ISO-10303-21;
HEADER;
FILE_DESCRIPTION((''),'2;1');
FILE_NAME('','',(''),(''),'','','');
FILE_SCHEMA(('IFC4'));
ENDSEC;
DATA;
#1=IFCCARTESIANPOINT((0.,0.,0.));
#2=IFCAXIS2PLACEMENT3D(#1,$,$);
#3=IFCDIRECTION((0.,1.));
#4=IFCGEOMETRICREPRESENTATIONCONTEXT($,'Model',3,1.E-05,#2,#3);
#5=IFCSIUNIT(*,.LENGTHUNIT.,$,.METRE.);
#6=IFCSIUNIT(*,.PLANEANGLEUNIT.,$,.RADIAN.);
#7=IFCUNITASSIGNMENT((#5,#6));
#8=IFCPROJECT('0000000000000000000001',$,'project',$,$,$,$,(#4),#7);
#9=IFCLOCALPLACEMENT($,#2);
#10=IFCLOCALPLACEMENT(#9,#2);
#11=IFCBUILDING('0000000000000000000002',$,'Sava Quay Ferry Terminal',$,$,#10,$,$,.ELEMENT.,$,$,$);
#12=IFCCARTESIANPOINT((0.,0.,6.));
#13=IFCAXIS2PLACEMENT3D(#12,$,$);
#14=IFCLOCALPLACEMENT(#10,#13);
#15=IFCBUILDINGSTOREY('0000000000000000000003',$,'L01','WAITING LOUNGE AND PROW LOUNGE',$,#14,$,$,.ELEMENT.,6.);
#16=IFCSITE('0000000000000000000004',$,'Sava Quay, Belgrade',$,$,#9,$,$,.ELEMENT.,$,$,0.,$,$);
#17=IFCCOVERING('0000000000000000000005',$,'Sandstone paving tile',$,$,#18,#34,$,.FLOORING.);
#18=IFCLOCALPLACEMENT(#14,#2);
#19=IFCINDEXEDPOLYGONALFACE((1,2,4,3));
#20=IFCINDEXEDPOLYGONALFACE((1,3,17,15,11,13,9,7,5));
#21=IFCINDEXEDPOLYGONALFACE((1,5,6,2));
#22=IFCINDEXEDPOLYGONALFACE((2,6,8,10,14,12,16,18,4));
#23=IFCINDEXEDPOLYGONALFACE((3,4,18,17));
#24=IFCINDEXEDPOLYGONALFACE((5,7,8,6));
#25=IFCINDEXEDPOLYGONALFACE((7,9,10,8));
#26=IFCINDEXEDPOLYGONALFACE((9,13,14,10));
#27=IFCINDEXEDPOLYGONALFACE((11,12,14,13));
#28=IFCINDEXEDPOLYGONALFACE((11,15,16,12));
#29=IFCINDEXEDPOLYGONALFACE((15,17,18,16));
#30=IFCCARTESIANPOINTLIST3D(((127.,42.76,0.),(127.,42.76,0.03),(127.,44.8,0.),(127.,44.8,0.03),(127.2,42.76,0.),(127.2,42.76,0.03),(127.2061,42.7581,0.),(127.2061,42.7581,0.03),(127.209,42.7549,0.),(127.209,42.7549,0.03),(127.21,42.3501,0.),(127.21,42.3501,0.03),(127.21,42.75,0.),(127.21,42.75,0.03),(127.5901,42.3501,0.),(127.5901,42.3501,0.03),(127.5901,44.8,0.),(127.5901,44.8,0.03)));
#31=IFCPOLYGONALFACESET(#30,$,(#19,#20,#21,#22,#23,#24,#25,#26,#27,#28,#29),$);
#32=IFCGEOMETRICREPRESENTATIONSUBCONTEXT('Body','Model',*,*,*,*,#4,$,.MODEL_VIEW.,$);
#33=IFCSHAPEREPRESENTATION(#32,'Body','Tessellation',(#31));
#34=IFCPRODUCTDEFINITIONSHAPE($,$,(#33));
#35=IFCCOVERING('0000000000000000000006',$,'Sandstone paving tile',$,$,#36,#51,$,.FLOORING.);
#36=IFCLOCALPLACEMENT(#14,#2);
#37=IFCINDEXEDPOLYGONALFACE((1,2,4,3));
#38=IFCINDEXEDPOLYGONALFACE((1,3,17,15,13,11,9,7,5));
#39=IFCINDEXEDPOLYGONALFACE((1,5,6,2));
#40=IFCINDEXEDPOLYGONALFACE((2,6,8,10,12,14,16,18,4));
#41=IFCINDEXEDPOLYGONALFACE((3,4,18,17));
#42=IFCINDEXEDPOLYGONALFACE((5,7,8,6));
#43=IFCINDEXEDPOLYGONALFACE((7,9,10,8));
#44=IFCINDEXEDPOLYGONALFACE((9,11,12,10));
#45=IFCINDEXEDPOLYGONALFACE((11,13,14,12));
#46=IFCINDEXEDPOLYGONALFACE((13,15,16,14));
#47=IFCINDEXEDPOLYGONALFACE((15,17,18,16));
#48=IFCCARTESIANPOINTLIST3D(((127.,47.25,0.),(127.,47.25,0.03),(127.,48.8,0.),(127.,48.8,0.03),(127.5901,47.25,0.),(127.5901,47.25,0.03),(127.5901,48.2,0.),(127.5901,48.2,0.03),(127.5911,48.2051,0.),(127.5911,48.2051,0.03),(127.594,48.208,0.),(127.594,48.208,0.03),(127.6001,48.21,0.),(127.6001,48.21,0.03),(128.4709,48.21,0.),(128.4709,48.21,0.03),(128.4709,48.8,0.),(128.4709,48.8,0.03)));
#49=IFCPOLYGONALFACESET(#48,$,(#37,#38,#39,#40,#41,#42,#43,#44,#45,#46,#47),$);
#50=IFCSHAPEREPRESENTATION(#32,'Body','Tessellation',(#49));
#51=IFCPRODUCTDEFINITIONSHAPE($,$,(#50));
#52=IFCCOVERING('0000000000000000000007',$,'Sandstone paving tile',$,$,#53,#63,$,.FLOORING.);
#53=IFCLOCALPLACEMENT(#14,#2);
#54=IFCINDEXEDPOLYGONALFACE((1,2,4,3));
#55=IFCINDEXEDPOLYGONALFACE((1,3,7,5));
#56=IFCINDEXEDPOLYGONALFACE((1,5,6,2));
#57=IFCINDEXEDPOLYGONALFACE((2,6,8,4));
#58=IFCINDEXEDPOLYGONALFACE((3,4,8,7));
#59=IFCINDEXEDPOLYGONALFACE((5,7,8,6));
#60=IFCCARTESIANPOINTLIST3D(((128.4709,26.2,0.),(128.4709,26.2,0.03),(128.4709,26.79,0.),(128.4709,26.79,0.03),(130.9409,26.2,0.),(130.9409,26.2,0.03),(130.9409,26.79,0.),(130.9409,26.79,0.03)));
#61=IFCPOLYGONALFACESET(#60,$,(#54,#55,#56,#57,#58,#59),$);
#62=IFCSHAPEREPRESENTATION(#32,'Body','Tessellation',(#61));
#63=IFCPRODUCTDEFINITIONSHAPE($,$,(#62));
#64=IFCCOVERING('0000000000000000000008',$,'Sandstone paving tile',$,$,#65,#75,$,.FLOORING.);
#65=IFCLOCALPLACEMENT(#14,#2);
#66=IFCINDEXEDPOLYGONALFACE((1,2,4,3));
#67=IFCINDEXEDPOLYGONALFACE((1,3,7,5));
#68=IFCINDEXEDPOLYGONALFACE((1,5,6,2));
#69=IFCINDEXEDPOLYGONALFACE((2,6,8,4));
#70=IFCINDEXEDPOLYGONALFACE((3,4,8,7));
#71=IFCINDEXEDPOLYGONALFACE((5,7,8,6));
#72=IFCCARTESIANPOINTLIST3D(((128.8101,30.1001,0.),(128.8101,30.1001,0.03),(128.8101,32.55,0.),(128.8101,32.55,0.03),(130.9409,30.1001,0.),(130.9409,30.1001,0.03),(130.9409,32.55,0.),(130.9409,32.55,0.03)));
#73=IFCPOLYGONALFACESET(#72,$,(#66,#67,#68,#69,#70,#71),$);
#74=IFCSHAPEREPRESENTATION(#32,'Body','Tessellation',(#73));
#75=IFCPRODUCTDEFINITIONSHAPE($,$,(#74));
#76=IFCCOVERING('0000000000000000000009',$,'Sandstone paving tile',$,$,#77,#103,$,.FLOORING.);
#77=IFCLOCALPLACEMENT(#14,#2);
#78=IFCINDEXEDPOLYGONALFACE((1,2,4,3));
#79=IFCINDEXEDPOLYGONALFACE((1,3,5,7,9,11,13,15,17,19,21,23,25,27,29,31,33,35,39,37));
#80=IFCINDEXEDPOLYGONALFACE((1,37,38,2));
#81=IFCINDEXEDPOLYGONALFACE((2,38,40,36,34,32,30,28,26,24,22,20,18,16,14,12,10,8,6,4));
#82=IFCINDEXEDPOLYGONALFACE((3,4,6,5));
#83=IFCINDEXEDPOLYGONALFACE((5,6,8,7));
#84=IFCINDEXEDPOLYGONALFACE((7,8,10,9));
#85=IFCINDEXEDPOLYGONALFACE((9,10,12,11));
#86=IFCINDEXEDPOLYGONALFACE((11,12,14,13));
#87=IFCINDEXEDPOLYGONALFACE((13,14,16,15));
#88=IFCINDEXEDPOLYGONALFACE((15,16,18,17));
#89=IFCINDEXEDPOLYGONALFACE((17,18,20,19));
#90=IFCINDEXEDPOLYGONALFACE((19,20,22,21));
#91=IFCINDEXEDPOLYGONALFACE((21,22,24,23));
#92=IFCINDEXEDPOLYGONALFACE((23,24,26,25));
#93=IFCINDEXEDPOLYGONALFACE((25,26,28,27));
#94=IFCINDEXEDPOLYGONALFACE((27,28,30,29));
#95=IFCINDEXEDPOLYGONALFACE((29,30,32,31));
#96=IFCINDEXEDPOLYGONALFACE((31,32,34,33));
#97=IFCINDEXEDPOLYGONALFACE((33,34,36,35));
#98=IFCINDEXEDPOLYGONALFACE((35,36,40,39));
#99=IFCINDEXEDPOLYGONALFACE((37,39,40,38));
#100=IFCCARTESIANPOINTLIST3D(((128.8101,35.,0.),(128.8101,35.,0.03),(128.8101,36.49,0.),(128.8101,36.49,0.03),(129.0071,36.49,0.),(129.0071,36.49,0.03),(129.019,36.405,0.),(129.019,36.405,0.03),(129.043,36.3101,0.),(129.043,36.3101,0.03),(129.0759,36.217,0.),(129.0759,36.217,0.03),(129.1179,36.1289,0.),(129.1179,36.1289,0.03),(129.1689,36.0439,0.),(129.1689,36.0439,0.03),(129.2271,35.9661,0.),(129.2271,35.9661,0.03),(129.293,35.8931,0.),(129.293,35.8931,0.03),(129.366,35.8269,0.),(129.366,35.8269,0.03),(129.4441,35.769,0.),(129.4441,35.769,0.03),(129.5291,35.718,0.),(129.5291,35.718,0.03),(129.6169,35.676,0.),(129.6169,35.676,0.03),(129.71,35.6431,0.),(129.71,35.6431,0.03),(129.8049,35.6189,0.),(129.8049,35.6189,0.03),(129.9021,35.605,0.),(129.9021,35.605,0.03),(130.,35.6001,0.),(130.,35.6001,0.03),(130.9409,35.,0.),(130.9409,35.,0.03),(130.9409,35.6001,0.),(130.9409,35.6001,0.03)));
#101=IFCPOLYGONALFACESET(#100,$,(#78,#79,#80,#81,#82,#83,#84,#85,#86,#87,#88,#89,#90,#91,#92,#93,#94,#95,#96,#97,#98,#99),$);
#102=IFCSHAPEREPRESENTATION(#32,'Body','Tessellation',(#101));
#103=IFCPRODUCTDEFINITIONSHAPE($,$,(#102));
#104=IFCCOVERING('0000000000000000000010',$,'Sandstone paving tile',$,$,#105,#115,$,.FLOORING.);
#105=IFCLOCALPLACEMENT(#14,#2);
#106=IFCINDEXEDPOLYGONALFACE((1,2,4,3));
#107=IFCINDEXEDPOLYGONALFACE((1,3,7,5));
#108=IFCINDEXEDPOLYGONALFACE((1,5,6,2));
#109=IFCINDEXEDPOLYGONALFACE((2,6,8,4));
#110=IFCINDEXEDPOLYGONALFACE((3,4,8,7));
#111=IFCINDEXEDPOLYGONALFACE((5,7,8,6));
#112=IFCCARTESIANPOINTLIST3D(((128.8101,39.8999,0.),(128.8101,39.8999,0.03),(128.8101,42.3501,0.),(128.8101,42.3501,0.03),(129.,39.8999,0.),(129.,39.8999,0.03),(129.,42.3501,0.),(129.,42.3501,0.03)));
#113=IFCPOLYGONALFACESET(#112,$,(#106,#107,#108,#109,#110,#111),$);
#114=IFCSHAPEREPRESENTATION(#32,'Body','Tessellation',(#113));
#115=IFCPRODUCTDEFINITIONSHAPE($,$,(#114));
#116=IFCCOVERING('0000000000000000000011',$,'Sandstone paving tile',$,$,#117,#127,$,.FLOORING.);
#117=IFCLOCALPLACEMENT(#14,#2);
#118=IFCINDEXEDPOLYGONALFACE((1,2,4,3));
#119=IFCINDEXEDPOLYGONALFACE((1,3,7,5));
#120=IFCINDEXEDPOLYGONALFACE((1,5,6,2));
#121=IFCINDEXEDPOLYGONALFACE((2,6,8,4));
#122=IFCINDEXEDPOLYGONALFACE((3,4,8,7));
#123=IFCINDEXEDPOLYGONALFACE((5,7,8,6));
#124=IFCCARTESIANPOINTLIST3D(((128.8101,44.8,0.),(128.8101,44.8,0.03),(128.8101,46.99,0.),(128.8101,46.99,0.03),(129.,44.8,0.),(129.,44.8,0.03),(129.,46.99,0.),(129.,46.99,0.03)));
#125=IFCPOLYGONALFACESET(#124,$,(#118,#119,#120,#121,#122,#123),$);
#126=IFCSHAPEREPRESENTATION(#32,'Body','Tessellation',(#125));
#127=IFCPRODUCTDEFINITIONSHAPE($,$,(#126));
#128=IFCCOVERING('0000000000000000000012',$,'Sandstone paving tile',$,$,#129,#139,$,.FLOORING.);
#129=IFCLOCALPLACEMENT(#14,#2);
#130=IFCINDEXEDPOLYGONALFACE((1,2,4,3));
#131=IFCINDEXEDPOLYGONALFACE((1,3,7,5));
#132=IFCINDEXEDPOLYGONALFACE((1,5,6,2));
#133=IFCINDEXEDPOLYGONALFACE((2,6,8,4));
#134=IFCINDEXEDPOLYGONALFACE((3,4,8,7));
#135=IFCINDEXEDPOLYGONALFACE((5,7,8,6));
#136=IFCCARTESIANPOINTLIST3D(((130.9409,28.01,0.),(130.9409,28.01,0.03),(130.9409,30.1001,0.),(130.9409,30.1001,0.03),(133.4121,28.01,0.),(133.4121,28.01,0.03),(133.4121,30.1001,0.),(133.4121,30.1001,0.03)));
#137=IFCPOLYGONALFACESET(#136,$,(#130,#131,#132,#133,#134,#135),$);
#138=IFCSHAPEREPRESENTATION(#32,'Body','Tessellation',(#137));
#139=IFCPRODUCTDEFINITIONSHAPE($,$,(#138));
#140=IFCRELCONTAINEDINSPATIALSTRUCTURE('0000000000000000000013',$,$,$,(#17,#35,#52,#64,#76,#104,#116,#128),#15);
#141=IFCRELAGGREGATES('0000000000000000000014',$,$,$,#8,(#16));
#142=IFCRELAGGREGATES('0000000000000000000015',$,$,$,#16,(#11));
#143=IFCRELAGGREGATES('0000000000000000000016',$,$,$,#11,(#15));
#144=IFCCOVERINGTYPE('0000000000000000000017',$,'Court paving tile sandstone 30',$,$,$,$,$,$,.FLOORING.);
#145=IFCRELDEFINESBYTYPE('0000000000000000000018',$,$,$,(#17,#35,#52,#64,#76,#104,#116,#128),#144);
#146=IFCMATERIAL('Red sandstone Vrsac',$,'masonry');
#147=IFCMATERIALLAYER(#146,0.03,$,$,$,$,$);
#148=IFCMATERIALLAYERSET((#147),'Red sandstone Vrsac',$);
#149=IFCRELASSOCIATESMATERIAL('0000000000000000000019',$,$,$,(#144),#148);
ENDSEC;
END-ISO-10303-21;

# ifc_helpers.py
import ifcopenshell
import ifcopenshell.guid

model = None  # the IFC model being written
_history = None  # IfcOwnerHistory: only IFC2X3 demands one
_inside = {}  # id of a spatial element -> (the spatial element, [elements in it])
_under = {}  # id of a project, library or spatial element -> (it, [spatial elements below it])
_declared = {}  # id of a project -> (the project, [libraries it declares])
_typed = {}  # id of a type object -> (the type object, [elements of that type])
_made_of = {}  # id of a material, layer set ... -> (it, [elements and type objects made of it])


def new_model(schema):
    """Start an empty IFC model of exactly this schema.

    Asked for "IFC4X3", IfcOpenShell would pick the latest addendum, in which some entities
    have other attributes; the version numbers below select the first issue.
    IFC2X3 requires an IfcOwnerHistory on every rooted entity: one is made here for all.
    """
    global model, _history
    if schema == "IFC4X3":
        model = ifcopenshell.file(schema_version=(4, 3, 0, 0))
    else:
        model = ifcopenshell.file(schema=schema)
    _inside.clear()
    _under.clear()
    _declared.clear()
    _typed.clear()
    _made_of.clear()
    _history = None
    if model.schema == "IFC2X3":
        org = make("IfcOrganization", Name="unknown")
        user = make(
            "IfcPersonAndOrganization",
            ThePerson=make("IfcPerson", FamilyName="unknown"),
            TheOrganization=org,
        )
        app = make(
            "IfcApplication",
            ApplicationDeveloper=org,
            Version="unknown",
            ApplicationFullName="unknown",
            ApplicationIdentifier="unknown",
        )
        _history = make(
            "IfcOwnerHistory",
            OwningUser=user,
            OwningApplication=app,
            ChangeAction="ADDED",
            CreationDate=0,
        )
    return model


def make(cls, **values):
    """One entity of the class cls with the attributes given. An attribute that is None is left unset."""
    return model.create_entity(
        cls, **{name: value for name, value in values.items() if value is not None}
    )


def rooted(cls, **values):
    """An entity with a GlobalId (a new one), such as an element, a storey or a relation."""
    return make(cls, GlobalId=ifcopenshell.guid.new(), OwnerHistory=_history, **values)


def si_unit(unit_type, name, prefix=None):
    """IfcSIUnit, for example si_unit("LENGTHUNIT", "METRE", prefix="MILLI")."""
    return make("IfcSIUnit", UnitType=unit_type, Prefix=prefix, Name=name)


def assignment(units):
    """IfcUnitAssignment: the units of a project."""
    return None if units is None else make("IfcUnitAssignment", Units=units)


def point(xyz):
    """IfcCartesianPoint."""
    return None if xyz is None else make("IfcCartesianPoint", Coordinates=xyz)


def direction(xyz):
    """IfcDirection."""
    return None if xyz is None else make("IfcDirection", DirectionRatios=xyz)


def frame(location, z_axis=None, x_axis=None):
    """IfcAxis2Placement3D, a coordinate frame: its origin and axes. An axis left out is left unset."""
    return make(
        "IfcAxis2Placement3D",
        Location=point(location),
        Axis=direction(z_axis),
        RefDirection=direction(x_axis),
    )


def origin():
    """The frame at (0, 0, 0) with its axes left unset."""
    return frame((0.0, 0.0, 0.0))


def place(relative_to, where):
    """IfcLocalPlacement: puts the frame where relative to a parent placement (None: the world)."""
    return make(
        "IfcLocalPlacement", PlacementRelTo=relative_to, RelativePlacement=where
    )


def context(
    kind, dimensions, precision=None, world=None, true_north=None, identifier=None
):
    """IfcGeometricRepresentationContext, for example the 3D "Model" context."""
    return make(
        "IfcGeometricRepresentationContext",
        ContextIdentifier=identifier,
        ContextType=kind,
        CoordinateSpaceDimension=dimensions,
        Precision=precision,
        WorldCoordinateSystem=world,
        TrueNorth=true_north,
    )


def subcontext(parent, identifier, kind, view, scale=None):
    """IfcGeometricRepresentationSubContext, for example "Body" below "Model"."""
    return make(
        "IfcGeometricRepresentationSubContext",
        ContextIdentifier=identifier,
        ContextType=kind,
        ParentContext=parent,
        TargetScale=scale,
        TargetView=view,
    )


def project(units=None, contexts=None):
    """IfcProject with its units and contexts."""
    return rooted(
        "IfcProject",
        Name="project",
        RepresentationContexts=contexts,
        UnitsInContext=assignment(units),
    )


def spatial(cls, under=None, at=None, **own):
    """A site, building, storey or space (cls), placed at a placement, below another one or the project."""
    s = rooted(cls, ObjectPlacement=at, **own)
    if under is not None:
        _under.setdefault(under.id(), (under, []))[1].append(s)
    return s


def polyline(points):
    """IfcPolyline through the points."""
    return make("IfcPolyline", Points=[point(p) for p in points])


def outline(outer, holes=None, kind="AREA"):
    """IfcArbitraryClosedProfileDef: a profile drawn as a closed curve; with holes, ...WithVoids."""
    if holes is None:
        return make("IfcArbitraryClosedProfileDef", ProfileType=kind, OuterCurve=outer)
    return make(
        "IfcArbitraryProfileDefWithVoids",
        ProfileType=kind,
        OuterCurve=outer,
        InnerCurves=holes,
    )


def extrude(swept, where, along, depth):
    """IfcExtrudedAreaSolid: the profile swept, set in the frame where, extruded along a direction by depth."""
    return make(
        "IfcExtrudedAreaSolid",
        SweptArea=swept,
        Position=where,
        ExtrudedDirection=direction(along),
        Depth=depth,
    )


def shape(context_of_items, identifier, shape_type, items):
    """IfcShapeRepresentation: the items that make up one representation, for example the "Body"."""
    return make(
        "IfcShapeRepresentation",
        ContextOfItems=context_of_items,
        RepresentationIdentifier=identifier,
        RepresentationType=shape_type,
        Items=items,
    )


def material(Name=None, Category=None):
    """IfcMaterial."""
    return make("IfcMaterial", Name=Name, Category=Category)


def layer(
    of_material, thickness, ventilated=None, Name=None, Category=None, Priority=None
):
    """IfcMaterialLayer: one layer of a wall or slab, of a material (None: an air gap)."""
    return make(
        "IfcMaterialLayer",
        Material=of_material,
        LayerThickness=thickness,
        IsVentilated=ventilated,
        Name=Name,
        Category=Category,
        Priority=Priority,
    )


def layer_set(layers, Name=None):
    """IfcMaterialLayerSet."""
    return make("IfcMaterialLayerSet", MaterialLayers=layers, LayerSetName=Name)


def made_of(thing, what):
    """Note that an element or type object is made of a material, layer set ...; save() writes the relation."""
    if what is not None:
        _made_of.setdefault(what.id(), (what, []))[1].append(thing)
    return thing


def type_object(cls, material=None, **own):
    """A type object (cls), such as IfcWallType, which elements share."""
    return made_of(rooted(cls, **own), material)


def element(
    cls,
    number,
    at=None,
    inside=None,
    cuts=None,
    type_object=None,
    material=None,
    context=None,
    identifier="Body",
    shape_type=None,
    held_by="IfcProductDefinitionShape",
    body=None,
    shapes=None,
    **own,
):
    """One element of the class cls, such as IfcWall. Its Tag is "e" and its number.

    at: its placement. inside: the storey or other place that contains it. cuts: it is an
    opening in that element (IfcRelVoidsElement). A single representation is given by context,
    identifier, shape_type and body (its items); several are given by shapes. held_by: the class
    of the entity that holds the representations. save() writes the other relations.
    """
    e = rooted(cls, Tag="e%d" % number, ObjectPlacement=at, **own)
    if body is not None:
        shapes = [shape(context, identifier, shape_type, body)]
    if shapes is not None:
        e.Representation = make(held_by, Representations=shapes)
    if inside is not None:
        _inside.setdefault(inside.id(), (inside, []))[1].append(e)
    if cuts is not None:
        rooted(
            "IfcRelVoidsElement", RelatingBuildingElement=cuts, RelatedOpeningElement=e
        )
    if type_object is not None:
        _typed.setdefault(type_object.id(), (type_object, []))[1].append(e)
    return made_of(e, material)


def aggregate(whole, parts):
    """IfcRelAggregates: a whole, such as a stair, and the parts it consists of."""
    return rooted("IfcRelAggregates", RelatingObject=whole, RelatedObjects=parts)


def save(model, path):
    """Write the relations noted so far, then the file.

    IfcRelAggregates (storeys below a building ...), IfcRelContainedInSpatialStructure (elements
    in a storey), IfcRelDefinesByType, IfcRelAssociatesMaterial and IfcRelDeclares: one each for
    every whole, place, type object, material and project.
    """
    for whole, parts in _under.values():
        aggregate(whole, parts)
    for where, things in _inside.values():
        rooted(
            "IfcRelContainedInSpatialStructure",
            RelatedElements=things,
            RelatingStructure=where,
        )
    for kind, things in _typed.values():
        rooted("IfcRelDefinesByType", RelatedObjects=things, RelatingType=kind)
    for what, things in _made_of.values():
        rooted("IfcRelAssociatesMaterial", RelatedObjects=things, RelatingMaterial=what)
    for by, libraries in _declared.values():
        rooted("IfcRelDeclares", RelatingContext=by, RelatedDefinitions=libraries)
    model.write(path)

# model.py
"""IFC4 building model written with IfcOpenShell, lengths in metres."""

from ifc_helpers import new_model, si_unit, direction, frame, origin, place, context, subcontext, project, spatial, polyline, outline, extrude, material, layer, layer_set, type_object, element, save


model = new_model("IFC4")

# Units and contexts
model_context = context("Model", 3, precision=1e-05, world=origin(), true_north=direction((0.0, 1.0)))
body_context = subcontext(model_context, "Body", "Model", "MODEL_VIEW")
ifc_project = project(units=[si_unit("LENGTHUNIT", "METRE"), si_unit("PLANEANGLEUNIT", "RADIAN")], contexts=[model_context])

# Site, building, storey
site_placement = place(None, origin())
site = spatial("IfcSite", under=ifc_project, at=site_placement, Name="Sava Quay, Belgrade", CompositionType="ELEMENT", RefElevation=0.0)
building_placement = place(site_placement, origin())
building = spatial("IfcBuilding", under=site, at=building_placement, Name="Sava Quay Ferry Terminal", CompositionType="ELEMENT")
storey_placement = place(building_placement, frame((0.0, 0.0, 6.0)))
storey = spatial("IfcBuildingStorey", under=building, at=storey_placement, Name="L01", Description="WAITING LOUNGE AND PROW LOUNGE", CompositionType="ELEMENT", Elevation=6.0)

# Coverings
ifc_material_1 = material(Name="Red sandstone Vrsac", Category="masonry")
ifc_layer_1 = layer(ifc_material_1, 0.03)
ifc_layer_set_1 = layer_set([ifc_layer_1], Name="Red sandstone Vrsac")
covering_type_1 = type_object("IfcCoveringType", Name="Court paving tile sandstone 30", PredefinedType="FLOORING", material=ifc_layer_set_1)
covering_1_placement = place(storey_placement, origin())
element("IfcCovering", 1, at=covering_1_placement, inside=storey, type_object=covering_type_1, Name="Sandstone paving tile", PredefinedType="FLOORING", context=body_context, shape_type="SweptSolid", body=[
    extrude(outline(polyline([(127.5901, 44.8), (127.0, 44.8), (127.0, 42.76), (127.2, 42.76), (127.2061, 42.7581), (127.209, 42.7549), (127.21, 42.75), (127.21, 42.3501), (127.5901, 42.3501), (127.5901, 44.8)])), origin(), (0.0, 0.0, 1.0), 0.03),
])
covering_2_placement = place(storey_placement, origin())
element("IfcCovering", 2, at=covering_2_placement, inside=storey, type_object=covering_type_1, Name="Sandstone paving tile", PredefinedType="FLOORING", context=body_context, shape_type="SweptSolid", body=[
    extrude(outline(polyline([(128.4709, 48.21), (128.4709, 48.8), (127.0, 48.8), (127.0, 47.25), (127.5901, 47.25), (127.5901, 48.2), (127.5911, 48.2051), (127.594, 48.208), (127.6001, 48.21), (128.4709, 48.21)])), origin(), (0.0, 0.0, 1.0), 0.03),
])
covering_3_placement = place(storey_placement, origin())
element("IfcCovering", 3, at=covering_3_placement, inside=storey, type_object=covering_type_1, Name="Sandstone paving tile", PredefinedType="FLOORING", context=body_context, shape_type="SweptSolid", body=[
    extrude(outline(polyline([(130.9409, 26.2), (130.9409, 26.79), (128.4709, 26.79), (128.4709, 26.2), (130.9409, 26.2)])), origin(), (0.0, 0.0, 1.0), 0.03),
])
covering_4_placement = place(storey_placement, origin())
element("IfcCovering", 4, at=covering_4_placement, inside=storey, type_object=covering_type_1, Name="Sandstone paving tile", PredefinedType="FLOORING", context=body_context, shape_type="SweptSolid", body=[
    extrude(outline(polyline([(130.9409, 32.55), (128.8101, 32.55), (128.8101, 30.1001), (130.9409, 30.1001), (130.9409, 32.55)])), origin(), (0.0, 0.0, 1.0), 0.03),
])
covering_5_placement = place(storey_placement, origin())
element("IfcCovering", 5, at=covering_5_placement, inside=storey, type_object=covering_type_1, Name="Sandstone paving tile", PredefinedType="FLOORING", context=body_context, shape_type="SweptSolid", body=[
    extrude(outline(polyline([(130.9409, 35.0), (130.9409, 35.6001), (130.0, 35.6001), (129.9021, 35.605), (129.8049, 35.6189), (129.71, 35.6431), (129.6169, 35.676), (129.5291, 35.718), (129.4441, 35.769), (129.366, 35.8269), (129.293, 35.8931), (129.2271, 35.9661), (129.1689, 36.0439), (129.1179, 36.1289), (129.0759, 36.217), (129.043, 36.3101), (129.019, 36.405), (129.0071, 36.49), (128.8101, 36.49), (128.8101, 35.0), (130.9409, 35.0)])), origin(), (0.0, 0.0, 1.0), 0.03),
])
covering_6_placement = place(storey_placement, origin())
element("IfcCovering", 6, at=covering_6_placement, inside=storey, type_object=covering_type_1, Name="Sandstone paving tile", PredefinedType="FLOORING", context=body_context, shape_type="SweptSolid", body=[
    extrude(outline(polyline([(129.0, 42.3501), (128.8101, 42.3501), (128.8101, 39.8999), (129.0, 39.8999), (129.0, 42.3501)])), origin(), (0.0, 0.0, 1.0), 0.03),
])
covering_7_placement = place(storey_placement, origin())
element("IfcCovering", 7, at=covering_7_placement, inside=storey, type_object=covering_type_1, Name="Sandstone paving tile", PredefinedType="FLOORING", context=body_context, shape_type="SweptSolid", body=[
    extrude(outline(polyline([(128.8101, 44.8), (129.0, 44.8), (129.0, 46.99), (128.8101, 46.99), (128.8101, 44.8)])), origin(), (0.0, 0.0, 1.0), 0.03),
])
covering_8_placement = place(storey_placement, origin())
element("IfcCovering", 8, at=covering_8_placement, inside=storey, type_object=covering_type_1, Name="Sandstone paving tile", PredefinedType="FLOORING", context=body_context, shape_type="SweptSolid", body=[
    extrude(outline(polyline([(130.9409, 30.1001), (130.9409, 28.01), (133.4121, 28.01), (133.4121, 30.1001), (130.9409, 30.1001)])), origin(), (0.0, 0.0, 1.0), 0.03),
])

save(model, "model.ifc")
